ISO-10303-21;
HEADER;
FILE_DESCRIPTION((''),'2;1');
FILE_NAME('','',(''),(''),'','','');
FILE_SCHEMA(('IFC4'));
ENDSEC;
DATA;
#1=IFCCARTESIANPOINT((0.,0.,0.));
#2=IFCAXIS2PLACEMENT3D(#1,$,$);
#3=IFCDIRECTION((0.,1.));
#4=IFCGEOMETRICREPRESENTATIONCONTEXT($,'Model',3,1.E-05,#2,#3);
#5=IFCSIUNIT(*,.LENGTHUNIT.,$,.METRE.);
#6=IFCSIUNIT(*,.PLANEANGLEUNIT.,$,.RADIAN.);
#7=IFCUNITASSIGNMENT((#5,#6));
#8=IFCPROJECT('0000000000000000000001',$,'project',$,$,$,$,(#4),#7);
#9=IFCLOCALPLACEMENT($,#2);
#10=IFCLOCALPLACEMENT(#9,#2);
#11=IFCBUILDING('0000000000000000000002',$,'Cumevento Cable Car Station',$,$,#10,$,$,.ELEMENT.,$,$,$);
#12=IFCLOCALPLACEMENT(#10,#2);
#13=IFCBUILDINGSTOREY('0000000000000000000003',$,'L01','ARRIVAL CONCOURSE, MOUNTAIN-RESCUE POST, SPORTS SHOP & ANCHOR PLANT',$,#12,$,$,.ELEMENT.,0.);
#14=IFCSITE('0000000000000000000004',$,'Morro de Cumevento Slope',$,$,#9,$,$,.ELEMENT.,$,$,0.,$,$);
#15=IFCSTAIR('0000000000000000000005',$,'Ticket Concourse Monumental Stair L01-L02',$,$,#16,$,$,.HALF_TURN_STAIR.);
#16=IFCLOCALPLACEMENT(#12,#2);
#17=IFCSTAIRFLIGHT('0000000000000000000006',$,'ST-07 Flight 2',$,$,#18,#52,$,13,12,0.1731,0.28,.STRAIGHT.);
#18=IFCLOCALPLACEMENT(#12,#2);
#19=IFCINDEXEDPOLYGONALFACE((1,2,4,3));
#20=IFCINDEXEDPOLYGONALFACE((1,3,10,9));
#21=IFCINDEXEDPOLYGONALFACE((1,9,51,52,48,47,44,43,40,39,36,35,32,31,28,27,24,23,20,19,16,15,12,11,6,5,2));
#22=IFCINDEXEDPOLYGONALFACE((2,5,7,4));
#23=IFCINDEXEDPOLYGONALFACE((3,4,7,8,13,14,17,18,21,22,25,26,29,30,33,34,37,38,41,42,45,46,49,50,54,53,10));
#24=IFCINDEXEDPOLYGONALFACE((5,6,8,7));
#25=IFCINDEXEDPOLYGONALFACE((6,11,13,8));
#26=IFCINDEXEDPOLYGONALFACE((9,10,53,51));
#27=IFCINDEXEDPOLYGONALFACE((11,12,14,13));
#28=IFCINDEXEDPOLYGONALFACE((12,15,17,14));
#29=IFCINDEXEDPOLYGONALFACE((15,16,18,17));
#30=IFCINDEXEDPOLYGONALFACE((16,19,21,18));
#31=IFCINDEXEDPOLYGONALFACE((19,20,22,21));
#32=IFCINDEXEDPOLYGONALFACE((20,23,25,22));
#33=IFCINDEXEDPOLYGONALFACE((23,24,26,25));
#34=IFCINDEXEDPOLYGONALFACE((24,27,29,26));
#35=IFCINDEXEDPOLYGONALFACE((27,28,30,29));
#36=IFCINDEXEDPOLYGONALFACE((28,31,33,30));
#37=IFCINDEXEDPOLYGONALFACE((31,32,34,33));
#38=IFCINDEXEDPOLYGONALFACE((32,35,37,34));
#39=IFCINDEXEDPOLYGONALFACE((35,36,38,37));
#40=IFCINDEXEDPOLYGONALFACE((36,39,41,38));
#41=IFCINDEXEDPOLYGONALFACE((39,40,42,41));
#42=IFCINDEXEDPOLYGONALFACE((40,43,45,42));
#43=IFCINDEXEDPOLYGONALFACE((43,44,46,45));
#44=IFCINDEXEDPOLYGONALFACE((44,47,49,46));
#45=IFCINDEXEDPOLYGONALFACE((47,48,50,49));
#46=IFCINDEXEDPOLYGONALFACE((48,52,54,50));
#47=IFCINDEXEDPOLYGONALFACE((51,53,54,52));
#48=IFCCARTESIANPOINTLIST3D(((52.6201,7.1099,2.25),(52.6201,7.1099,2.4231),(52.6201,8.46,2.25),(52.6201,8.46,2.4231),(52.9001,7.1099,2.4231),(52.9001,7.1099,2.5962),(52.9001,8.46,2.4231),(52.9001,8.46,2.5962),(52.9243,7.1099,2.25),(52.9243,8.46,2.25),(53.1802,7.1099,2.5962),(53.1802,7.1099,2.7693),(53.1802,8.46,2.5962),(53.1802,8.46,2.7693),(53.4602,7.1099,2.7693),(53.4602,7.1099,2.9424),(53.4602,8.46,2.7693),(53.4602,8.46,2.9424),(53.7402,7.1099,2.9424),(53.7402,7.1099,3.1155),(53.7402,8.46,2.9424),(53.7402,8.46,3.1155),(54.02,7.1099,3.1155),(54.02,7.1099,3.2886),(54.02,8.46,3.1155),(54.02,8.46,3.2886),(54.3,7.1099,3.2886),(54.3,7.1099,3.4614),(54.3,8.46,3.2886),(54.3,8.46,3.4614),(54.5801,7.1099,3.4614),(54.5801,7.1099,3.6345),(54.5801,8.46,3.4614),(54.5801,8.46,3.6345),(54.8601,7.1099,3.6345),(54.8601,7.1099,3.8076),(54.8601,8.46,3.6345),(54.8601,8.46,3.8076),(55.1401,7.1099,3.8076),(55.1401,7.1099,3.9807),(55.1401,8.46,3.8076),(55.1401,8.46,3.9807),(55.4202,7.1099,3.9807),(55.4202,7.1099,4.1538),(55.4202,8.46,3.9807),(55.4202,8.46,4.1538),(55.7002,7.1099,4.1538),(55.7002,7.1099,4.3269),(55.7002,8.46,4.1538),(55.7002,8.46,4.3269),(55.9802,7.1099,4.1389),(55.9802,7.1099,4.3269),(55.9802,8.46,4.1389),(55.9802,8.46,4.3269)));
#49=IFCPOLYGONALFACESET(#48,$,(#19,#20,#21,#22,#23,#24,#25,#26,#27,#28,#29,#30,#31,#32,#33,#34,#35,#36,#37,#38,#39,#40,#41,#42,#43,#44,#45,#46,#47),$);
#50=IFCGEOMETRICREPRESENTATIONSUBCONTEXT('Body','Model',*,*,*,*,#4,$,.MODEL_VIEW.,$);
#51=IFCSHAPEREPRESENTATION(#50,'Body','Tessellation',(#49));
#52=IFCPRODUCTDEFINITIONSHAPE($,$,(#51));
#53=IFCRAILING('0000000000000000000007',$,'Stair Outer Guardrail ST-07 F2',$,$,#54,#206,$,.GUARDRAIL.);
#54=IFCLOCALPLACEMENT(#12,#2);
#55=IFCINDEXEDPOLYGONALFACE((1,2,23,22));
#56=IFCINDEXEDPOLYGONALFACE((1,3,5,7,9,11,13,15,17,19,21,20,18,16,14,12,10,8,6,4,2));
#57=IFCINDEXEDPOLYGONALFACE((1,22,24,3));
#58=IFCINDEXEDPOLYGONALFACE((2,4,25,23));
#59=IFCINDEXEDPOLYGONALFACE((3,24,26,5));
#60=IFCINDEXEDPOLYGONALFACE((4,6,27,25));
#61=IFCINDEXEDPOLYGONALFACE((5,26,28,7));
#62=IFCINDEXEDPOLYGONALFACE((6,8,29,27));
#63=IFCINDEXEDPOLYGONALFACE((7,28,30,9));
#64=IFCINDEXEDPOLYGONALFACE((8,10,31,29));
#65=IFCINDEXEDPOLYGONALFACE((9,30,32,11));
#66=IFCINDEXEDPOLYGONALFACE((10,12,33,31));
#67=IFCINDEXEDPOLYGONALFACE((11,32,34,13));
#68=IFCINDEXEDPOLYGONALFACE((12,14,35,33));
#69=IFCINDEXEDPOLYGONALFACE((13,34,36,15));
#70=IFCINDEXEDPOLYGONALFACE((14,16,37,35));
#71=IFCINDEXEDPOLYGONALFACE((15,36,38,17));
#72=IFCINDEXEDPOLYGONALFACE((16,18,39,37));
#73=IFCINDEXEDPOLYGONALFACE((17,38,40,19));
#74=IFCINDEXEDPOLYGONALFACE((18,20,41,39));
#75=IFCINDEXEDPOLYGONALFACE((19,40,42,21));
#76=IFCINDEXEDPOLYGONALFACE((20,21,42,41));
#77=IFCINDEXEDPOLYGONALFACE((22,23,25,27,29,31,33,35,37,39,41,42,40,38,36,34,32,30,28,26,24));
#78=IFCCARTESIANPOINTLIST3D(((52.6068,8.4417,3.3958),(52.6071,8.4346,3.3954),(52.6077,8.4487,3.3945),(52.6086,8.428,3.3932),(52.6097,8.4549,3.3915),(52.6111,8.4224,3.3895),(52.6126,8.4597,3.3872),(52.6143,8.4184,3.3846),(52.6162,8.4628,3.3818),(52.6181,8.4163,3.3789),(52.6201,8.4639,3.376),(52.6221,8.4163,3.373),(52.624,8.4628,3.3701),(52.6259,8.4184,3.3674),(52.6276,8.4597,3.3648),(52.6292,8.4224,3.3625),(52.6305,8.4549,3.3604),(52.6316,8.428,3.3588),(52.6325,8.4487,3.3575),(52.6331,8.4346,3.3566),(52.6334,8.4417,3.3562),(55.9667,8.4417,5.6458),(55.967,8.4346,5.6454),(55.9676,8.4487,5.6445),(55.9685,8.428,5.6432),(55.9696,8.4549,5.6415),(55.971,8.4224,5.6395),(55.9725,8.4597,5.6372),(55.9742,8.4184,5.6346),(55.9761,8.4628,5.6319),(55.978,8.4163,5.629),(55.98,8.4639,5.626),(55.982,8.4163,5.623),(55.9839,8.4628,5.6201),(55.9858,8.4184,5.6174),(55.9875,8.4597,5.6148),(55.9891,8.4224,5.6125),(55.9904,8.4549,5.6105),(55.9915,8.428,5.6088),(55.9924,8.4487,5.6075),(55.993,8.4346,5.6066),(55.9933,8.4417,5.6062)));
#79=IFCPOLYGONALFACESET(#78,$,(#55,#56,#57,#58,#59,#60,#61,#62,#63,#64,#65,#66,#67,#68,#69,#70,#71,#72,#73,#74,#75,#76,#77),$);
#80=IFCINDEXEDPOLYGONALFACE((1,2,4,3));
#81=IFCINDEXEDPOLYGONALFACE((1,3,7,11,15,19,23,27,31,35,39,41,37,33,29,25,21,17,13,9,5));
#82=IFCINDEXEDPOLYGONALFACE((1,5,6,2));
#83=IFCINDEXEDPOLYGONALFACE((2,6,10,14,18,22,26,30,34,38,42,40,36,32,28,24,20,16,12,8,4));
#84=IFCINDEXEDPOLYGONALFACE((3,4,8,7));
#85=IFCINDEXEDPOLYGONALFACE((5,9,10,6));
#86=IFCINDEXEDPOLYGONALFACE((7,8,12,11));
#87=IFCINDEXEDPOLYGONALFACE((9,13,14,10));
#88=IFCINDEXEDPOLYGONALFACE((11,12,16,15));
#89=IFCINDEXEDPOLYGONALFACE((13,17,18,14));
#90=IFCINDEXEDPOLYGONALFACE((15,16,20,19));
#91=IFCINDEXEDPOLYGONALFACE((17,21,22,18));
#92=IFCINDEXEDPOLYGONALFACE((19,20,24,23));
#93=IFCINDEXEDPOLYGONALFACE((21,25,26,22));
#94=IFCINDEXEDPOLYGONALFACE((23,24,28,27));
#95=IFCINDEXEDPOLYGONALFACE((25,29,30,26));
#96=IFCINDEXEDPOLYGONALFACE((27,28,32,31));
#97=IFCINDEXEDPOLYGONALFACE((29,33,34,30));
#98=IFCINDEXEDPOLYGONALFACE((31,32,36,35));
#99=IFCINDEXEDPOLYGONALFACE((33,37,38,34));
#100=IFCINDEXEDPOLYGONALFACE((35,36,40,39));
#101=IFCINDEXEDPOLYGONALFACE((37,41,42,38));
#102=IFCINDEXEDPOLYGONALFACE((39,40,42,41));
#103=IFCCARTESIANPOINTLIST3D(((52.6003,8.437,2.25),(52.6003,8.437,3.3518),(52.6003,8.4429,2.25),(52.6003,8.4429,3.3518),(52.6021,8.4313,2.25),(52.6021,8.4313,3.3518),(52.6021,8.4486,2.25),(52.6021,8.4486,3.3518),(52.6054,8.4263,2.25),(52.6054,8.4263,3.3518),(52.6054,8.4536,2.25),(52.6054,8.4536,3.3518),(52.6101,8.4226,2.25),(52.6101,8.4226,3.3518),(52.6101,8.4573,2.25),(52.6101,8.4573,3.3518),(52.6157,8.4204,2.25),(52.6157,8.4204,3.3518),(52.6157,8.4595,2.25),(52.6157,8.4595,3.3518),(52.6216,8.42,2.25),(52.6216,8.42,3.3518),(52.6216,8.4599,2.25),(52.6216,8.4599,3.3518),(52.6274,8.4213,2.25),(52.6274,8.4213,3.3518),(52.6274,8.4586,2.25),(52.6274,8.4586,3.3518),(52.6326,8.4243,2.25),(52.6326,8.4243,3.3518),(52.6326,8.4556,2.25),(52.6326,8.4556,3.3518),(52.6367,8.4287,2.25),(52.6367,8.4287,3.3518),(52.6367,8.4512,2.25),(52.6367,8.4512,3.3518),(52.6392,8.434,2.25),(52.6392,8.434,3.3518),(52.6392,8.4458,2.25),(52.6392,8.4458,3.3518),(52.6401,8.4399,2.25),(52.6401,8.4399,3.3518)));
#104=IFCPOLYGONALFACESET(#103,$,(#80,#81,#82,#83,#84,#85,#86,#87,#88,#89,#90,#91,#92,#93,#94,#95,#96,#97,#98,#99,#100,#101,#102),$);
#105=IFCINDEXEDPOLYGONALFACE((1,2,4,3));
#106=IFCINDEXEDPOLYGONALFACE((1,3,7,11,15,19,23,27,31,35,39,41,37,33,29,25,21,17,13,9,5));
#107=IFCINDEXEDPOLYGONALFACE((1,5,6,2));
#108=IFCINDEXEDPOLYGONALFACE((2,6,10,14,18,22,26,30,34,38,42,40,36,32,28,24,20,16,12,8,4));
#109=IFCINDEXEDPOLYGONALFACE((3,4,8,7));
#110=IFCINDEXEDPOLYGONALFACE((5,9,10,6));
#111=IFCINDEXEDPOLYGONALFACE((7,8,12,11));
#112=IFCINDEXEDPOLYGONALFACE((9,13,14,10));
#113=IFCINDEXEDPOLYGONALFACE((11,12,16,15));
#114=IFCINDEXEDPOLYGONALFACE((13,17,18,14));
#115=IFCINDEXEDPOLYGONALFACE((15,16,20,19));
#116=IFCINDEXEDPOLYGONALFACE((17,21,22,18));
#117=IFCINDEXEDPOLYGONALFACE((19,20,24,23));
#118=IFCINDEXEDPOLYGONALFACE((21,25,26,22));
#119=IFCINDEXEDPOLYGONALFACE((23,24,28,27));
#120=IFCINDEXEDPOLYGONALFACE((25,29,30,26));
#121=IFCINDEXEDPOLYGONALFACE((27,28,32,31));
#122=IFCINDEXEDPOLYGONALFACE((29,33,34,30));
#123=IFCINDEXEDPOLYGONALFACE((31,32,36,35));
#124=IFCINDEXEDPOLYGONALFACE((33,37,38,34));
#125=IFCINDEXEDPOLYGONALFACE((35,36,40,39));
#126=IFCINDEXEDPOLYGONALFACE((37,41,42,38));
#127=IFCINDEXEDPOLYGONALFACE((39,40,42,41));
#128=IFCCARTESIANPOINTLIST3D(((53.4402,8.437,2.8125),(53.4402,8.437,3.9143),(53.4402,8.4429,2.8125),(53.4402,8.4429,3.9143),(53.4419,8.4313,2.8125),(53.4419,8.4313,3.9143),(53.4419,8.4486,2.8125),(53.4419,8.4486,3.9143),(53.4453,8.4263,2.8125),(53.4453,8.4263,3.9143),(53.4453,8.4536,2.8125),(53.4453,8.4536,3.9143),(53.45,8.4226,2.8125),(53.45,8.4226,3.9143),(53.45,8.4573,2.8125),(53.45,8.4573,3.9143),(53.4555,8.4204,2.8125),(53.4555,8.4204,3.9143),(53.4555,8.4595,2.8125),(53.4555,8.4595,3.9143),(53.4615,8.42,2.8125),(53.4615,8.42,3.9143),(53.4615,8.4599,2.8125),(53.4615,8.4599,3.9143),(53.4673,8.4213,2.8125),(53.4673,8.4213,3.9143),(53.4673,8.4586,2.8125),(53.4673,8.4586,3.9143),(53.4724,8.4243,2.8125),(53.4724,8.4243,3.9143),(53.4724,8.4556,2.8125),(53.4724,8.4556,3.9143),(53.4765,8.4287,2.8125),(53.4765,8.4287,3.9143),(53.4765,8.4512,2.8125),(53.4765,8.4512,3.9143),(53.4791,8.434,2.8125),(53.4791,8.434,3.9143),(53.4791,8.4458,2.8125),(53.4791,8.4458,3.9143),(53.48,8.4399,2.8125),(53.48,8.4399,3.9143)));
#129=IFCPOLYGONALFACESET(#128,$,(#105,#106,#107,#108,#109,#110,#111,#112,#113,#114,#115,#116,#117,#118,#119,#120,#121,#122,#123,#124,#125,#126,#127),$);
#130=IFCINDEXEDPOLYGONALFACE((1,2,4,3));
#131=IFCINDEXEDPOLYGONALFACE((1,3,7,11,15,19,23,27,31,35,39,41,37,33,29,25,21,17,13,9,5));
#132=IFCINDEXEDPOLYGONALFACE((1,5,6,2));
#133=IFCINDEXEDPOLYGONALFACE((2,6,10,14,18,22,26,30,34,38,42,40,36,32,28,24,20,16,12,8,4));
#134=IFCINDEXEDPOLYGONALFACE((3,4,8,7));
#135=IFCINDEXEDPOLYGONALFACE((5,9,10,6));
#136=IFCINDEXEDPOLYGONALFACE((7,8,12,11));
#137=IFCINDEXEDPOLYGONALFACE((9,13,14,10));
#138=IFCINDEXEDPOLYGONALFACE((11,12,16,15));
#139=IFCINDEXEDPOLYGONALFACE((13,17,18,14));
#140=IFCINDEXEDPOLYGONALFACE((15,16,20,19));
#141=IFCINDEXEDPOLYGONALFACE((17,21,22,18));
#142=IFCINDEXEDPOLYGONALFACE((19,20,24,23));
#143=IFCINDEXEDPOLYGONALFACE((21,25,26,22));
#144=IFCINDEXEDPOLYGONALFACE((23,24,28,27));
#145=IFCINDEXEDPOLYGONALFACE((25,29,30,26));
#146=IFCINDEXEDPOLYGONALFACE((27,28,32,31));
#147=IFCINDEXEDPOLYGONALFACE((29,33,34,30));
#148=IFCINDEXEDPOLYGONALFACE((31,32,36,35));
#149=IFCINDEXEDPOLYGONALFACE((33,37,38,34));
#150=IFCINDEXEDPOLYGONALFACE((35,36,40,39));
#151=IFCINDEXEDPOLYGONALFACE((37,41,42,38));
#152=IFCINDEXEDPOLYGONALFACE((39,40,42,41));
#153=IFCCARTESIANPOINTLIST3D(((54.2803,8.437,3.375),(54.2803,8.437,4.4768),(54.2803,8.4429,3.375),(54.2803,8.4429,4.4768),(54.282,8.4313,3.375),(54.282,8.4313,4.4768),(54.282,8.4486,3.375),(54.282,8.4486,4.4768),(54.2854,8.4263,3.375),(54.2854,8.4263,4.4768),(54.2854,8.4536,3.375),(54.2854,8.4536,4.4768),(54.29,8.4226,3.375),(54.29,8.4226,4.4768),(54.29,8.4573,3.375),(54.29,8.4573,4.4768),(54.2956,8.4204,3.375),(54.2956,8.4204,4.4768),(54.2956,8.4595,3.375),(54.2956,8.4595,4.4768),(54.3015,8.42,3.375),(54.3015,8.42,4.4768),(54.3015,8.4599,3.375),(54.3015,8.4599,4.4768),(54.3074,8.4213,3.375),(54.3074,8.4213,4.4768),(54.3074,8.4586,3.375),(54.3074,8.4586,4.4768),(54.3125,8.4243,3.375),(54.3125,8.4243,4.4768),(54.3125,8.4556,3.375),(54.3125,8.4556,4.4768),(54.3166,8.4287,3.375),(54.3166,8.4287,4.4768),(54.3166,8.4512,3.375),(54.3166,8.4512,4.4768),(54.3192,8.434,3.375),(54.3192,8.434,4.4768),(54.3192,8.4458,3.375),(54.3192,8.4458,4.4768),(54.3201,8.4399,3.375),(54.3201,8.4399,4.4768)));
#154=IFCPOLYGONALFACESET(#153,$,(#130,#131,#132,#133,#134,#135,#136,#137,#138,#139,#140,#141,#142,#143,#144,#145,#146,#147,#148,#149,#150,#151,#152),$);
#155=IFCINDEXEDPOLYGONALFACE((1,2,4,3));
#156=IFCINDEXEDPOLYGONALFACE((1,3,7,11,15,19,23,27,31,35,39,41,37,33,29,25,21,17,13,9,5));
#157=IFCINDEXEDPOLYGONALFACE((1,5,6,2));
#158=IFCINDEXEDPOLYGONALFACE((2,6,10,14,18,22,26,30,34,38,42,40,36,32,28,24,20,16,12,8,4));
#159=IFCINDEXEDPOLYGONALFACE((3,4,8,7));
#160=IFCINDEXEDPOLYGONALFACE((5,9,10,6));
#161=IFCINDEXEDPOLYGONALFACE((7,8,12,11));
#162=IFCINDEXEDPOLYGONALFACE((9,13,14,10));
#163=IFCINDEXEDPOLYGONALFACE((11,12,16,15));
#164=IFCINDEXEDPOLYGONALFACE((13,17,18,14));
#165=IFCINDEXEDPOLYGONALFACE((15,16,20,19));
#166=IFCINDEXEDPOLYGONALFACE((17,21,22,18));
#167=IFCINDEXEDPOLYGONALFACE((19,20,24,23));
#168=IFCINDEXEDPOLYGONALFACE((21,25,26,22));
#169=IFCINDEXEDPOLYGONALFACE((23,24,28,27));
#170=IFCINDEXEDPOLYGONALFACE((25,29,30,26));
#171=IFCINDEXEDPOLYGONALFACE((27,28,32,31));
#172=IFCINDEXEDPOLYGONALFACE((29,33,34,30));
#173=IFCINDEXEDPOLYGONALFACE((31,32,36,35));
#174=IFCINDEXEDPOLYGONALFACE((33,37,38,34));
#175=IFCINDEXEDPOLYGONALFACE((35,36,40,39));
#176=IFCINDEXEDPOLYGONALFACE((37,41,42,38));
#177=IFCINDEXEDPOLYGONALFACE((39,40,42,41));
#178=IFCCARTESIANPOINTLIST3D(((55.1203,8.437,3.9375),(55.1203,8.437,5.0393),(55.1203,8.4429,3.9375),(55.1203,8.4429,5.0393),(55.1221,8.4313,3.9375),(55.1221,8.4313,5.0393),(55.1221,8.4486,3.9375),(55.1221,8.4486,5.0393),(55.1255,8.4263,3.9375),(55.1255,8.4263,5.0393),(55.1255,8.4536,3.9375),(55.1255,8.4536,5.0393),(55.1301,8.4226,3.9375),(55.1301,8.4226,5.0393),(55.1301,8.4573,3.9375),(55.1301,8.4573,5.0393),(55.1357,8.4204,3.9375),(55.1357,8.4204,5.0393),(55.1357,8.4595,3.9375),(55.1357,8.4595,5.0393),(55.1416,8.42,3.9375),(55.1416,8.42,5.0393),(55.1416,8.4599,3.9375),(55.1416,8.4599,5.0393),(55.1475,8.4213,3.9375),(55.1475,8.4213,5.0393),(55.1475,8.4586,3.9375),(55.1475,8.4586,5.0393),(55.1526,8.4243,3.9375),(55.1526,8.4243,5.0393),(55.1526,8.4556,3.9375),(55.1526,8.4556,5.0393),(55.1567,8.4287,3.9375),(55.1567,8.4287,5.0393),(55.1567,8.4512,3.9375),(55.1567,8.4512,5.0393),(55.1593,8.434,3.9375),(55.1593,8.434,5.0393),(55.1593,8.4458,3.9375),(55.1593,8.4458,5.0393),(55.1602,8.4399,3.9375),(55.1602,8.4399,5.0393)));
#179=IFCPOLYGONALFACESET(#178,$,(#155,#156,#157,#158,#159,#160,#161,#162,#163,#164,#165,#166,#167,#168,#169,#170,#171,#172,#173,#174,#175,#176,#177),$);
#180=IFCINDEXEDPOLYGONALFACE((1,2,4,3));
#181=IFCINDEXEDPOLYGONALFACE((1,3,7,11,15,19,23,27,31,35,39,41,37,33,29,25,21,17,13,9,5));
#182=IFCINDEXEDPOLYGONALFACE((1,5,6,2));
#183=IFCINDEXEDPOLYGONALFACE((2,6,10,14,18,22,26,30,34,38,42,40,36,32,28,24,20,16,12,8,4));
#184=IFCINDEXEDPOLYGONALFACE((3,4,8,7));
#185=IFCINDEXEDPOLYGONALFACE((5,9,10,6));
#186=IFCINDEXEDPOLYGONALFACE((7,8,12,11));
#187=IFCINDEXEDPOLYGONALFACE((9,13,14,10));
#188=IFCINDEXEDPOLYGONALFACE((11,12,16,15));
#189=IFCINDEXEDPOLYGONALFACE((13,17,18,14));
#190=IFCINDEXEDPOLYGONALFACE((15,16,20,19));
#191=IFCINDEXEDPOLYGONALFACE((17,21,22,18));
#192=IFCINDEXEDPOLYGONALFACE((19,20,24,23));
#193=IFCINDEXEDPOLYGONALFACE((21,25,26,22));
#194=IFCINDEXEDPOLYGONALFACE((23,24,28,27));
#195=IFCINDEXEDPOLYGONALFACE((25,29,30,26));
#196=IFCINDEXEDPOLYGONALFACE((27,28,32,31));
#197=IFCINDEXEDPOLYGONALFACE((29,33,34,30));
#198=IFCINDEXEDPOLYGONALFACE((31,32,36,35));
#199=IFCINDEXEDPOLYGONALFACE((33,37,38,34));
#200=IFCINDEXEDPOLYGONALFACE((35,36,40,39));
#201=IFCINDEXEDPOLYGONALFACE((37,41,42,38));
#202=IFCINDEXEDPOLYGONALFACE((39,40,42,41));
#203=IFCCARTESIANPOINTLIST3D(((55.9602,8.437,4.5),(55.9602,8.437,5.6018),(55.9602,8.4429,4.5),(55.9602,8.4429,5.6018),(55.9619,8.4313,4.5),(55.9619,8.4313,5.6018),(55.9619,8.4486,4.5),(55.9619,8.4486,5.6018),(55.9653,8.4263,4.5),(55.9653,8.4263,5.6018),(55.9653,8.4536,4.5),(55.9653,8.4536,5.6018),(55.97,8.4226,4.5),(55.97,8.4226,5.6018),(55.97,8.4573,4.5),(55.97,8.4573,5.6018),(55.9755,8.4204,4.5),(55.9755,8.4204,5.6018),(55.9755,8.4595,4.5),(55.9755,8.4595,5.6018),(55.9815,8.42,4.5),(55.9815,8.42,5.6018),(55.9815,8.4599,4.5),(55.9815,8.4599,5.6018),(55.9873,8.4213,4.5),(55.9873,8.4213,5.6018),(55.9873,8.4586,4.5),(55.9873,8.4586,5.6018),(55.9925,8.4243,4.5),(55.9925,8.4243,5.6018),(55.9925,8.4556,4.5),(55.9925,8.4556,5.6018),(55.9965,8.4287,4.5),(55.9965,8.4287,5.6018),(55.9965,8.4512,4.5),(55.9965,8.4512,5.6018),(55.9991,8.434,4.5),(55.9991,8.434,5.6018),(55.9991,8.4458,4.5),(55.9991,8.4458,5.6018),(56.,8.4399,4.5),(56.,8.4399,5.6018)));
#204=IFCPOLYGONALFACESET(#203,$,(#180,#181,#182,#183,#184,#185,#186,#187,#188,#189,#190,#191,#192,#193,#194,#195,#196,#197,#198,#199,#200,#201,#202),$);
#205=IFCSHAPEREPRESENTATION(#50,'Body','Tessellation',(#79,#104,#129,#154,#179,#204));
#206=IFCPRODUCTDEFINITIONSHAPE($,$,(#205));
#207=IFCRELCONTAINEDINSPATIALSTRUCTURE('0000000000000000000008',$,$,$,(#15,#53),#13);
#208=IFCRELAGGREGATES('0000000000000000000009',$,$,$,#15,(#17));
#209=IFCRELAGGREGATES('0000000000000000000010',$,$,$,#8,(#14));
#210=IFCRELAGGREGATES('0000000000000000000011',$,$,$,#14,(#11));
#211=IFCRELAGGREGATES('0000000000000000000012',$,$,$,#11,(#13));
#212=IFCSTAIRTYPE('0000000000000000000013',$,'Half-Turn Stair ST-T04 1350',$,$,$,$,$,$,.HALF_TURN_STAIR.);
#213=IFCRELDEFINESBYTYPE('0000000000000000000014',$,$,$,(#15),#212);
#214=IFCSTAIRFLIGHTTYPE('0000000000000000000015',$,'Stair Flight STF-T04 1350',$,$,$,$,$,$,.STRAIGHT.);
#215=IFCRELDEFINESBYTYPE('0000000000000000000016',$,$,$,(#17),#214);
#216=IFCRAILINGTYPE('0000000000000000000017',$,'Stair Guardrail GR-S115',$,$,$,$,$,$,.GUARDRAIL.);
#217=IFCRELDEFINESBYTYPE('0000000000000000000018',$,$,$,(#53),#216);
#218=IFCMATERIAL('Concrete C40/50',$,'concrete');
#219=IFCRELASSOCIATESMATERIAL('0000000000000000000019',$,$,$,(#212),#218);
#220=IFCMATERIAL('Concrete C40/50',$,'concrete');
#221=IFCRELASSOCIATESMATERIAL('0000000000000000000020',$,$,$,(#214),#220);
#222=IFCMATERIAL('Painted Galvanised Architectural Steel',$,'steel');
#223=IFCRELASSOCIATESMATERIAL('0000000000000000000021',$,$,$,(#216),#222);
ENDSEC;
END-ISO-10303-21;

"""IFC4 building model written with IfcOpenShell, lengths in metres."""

from ifc_helpers import new_model, si_unit, direction, frame, origin, origin_2d, place, context, subcontext, project, spatial, polyline, circle, outline, extrude, material, type_object, element, aggregate, save


model = new_model("IFC4")

# Units and contexts
model_context = context("Model", 3, precision=1e-05, world=origin(), true_north=direction((0.0, 1.0)))
body_context = subcontext(model_context, "Body", "Model", "MODEL_VIEW")
ifc_project = project(units=[si_unit("LENGTHUNIT", "METRE"), si_unit("PLANEANGLEUNIT", "RADIAN")], contexts=[model_context])

# Site, building, storey
site_placement = place(None, origin())
site = spatial("IfcSite", under=ifc_project, at=site_placement, Name="Morro de Cumevento Slope", CompositionType="ELEMENT", RefElevation=0.0)
building_placement = place(site_placement, origin())
building = spatial("IfcBuilding", under=site, at=building_placement, Name="Cumevento Cable Car Station", CompositionType="ELEMENT")
storey_placement = place(building_placement, origin())
storey = spatial("IfcBuildingStorey", under=building, at=storey_placement, Name="L01", Description="ARRIVAL CONCOURSE, MOUNTAIN-RESCUE POST, SPORTS SHOP & ANCHOR PLANT", CompositionType="ELEMENT", Elevation=0.0)

# Stair, stair flight
ifc_material_1 = material(Name="Concrete C40/50", Category="concrete")
stair_type = type_object("IfcStairType", Name="Half-Turn Stair ST-T04 1350", PredefinedType="HALF_TURN_STAIR", material=ifc_material_1)
stair_placement = place(storey_placement, origin())
stair = element("IfcStair", 1, at=stair_placement, inside=storey, type_object=stair_type, Name="Ticket Concourse Monumental Stair L01-L02", PredefinedType="HALF_TURN_STAIR")
ifc_material_2 = material(Name="Concrete C40/50", Category="concrete")
stair_flight_type = type_object("IfcStairFlightType", Name="Stair Flight STF-T04 1350", PredefinedType="STRAIGHT", material=ifc_material_2)
stair_flight_placement = place(storey_placement, frame((52.6201, 7.7849, 2.25), z_axis=(0.0, 0.0, 1.0), x_axis=(1.0, 0.0, 0.0)))
stair_flight = element("IfcStairFlight", 2, at=stair_flight_placement, type_object=stair_flight_type, Name="ST-07 Flight 2", NumberOfRisers=13, NumberOfTreads=12, PredefinedType="STRAIGHT", RiserHeight=0.1731, TreadLength=0.28, context=body_context, shape_type="SweptSolid", body=[
    extrude(outline(polyline([(0.0, 0.0), (0.0, 0.1731), (0.28, 0.1731), (0.28, 0.3462), (0.5601, 0.3462), (0.5601, 0.5193), (0.8401, 0.5193), (0.8401, 0.6924), (1.1201, 0.6924), (1.1201, 0.8655), (1.3999, 0.8655), (1.3999, 1.0386), (1.6799, 1.0386), (1.6799, 1.2114), (1.96, 1.2114), (1.96, 1.3845), (2.24, 1.3845), (2.24, 1.5576), (2.52, 1.5576), (2.52, 1.7307), (2.8, 1.7307), (2.8, 1.9038), (3.0801, 1.9038), (3.0801, 2.0769), (3.3601, 2.0769), (3.3601, 2.25), (3.3601, 1.8889), (0.3042, 0.0), (0.0, 0.0)])), frame((0.0, 0.675, 0.0), z_axis=(0.0, -1.0, 0.0), x_axis=(1.0, 0.0, 0.0)), (0.0, 0.0, 1.0), 1.3501),
])
aggregate(stair, [stair_flight])

# Railing
ifc_material_3 = material(Name="Painted Galvanised Architectural Steel", Category="steel")
railing_type_1 = type_object("IfcRailingType", Name="Stair Guardrail GR-S115", PredefinedType="GUARDRAIL", material=ifc_material_3)
railing_1_placement = place(storey_placement, frame((52.6201, 8.4399, 2.25)))
element("IfcRailing", 3, at=railing_1_placement, inside=storey, type_object=railing_type_1, Name="Stair Outer Guardrail ST-07 F2", PredefinedType="GUARDRAIL", context=body_context, shape_type="SweptSolid", body=[
    extrude(circle(Radius=0.0239, at=origin_2d()), frame((0.0, 0.0, 1.126), z_axis=(0.830897, 0.0, 0.556427), x_axis=(0.0, 1.0, 0.0)), (0.0, 0.0, 1.0), 4.0437),
    extrude(circle(Radius=0.02, at=origin_2d()), origin(), (0.0, 0.0, 1.0), 1.1018),
    extrude(circle(Radius=0.02, at=origin_2d()), frame((0.8398, 0.0, 0.5625)), (0.0, 0.0, 1.0), 1.1018),
    extrude(circle(Radius=0.02, at=origin_2d()), frame((1.6799, 0.0, 1.125)), (0.0, 0.0, 1.0), 1.1018),
    extrude(circle(Radius=0.02, at=origin_2d()), frame((2.52, 0.0, 1.6875)), (0.0, 0.0, 1.0), 1.1018),
    extrude(circle(Radius=0.02, at=origin_2d()), frame((3.3599, 0.0, 2.25)), (0.0, 0.0, 1.0), 1.1018),
])

save(model, "model.ifc")
